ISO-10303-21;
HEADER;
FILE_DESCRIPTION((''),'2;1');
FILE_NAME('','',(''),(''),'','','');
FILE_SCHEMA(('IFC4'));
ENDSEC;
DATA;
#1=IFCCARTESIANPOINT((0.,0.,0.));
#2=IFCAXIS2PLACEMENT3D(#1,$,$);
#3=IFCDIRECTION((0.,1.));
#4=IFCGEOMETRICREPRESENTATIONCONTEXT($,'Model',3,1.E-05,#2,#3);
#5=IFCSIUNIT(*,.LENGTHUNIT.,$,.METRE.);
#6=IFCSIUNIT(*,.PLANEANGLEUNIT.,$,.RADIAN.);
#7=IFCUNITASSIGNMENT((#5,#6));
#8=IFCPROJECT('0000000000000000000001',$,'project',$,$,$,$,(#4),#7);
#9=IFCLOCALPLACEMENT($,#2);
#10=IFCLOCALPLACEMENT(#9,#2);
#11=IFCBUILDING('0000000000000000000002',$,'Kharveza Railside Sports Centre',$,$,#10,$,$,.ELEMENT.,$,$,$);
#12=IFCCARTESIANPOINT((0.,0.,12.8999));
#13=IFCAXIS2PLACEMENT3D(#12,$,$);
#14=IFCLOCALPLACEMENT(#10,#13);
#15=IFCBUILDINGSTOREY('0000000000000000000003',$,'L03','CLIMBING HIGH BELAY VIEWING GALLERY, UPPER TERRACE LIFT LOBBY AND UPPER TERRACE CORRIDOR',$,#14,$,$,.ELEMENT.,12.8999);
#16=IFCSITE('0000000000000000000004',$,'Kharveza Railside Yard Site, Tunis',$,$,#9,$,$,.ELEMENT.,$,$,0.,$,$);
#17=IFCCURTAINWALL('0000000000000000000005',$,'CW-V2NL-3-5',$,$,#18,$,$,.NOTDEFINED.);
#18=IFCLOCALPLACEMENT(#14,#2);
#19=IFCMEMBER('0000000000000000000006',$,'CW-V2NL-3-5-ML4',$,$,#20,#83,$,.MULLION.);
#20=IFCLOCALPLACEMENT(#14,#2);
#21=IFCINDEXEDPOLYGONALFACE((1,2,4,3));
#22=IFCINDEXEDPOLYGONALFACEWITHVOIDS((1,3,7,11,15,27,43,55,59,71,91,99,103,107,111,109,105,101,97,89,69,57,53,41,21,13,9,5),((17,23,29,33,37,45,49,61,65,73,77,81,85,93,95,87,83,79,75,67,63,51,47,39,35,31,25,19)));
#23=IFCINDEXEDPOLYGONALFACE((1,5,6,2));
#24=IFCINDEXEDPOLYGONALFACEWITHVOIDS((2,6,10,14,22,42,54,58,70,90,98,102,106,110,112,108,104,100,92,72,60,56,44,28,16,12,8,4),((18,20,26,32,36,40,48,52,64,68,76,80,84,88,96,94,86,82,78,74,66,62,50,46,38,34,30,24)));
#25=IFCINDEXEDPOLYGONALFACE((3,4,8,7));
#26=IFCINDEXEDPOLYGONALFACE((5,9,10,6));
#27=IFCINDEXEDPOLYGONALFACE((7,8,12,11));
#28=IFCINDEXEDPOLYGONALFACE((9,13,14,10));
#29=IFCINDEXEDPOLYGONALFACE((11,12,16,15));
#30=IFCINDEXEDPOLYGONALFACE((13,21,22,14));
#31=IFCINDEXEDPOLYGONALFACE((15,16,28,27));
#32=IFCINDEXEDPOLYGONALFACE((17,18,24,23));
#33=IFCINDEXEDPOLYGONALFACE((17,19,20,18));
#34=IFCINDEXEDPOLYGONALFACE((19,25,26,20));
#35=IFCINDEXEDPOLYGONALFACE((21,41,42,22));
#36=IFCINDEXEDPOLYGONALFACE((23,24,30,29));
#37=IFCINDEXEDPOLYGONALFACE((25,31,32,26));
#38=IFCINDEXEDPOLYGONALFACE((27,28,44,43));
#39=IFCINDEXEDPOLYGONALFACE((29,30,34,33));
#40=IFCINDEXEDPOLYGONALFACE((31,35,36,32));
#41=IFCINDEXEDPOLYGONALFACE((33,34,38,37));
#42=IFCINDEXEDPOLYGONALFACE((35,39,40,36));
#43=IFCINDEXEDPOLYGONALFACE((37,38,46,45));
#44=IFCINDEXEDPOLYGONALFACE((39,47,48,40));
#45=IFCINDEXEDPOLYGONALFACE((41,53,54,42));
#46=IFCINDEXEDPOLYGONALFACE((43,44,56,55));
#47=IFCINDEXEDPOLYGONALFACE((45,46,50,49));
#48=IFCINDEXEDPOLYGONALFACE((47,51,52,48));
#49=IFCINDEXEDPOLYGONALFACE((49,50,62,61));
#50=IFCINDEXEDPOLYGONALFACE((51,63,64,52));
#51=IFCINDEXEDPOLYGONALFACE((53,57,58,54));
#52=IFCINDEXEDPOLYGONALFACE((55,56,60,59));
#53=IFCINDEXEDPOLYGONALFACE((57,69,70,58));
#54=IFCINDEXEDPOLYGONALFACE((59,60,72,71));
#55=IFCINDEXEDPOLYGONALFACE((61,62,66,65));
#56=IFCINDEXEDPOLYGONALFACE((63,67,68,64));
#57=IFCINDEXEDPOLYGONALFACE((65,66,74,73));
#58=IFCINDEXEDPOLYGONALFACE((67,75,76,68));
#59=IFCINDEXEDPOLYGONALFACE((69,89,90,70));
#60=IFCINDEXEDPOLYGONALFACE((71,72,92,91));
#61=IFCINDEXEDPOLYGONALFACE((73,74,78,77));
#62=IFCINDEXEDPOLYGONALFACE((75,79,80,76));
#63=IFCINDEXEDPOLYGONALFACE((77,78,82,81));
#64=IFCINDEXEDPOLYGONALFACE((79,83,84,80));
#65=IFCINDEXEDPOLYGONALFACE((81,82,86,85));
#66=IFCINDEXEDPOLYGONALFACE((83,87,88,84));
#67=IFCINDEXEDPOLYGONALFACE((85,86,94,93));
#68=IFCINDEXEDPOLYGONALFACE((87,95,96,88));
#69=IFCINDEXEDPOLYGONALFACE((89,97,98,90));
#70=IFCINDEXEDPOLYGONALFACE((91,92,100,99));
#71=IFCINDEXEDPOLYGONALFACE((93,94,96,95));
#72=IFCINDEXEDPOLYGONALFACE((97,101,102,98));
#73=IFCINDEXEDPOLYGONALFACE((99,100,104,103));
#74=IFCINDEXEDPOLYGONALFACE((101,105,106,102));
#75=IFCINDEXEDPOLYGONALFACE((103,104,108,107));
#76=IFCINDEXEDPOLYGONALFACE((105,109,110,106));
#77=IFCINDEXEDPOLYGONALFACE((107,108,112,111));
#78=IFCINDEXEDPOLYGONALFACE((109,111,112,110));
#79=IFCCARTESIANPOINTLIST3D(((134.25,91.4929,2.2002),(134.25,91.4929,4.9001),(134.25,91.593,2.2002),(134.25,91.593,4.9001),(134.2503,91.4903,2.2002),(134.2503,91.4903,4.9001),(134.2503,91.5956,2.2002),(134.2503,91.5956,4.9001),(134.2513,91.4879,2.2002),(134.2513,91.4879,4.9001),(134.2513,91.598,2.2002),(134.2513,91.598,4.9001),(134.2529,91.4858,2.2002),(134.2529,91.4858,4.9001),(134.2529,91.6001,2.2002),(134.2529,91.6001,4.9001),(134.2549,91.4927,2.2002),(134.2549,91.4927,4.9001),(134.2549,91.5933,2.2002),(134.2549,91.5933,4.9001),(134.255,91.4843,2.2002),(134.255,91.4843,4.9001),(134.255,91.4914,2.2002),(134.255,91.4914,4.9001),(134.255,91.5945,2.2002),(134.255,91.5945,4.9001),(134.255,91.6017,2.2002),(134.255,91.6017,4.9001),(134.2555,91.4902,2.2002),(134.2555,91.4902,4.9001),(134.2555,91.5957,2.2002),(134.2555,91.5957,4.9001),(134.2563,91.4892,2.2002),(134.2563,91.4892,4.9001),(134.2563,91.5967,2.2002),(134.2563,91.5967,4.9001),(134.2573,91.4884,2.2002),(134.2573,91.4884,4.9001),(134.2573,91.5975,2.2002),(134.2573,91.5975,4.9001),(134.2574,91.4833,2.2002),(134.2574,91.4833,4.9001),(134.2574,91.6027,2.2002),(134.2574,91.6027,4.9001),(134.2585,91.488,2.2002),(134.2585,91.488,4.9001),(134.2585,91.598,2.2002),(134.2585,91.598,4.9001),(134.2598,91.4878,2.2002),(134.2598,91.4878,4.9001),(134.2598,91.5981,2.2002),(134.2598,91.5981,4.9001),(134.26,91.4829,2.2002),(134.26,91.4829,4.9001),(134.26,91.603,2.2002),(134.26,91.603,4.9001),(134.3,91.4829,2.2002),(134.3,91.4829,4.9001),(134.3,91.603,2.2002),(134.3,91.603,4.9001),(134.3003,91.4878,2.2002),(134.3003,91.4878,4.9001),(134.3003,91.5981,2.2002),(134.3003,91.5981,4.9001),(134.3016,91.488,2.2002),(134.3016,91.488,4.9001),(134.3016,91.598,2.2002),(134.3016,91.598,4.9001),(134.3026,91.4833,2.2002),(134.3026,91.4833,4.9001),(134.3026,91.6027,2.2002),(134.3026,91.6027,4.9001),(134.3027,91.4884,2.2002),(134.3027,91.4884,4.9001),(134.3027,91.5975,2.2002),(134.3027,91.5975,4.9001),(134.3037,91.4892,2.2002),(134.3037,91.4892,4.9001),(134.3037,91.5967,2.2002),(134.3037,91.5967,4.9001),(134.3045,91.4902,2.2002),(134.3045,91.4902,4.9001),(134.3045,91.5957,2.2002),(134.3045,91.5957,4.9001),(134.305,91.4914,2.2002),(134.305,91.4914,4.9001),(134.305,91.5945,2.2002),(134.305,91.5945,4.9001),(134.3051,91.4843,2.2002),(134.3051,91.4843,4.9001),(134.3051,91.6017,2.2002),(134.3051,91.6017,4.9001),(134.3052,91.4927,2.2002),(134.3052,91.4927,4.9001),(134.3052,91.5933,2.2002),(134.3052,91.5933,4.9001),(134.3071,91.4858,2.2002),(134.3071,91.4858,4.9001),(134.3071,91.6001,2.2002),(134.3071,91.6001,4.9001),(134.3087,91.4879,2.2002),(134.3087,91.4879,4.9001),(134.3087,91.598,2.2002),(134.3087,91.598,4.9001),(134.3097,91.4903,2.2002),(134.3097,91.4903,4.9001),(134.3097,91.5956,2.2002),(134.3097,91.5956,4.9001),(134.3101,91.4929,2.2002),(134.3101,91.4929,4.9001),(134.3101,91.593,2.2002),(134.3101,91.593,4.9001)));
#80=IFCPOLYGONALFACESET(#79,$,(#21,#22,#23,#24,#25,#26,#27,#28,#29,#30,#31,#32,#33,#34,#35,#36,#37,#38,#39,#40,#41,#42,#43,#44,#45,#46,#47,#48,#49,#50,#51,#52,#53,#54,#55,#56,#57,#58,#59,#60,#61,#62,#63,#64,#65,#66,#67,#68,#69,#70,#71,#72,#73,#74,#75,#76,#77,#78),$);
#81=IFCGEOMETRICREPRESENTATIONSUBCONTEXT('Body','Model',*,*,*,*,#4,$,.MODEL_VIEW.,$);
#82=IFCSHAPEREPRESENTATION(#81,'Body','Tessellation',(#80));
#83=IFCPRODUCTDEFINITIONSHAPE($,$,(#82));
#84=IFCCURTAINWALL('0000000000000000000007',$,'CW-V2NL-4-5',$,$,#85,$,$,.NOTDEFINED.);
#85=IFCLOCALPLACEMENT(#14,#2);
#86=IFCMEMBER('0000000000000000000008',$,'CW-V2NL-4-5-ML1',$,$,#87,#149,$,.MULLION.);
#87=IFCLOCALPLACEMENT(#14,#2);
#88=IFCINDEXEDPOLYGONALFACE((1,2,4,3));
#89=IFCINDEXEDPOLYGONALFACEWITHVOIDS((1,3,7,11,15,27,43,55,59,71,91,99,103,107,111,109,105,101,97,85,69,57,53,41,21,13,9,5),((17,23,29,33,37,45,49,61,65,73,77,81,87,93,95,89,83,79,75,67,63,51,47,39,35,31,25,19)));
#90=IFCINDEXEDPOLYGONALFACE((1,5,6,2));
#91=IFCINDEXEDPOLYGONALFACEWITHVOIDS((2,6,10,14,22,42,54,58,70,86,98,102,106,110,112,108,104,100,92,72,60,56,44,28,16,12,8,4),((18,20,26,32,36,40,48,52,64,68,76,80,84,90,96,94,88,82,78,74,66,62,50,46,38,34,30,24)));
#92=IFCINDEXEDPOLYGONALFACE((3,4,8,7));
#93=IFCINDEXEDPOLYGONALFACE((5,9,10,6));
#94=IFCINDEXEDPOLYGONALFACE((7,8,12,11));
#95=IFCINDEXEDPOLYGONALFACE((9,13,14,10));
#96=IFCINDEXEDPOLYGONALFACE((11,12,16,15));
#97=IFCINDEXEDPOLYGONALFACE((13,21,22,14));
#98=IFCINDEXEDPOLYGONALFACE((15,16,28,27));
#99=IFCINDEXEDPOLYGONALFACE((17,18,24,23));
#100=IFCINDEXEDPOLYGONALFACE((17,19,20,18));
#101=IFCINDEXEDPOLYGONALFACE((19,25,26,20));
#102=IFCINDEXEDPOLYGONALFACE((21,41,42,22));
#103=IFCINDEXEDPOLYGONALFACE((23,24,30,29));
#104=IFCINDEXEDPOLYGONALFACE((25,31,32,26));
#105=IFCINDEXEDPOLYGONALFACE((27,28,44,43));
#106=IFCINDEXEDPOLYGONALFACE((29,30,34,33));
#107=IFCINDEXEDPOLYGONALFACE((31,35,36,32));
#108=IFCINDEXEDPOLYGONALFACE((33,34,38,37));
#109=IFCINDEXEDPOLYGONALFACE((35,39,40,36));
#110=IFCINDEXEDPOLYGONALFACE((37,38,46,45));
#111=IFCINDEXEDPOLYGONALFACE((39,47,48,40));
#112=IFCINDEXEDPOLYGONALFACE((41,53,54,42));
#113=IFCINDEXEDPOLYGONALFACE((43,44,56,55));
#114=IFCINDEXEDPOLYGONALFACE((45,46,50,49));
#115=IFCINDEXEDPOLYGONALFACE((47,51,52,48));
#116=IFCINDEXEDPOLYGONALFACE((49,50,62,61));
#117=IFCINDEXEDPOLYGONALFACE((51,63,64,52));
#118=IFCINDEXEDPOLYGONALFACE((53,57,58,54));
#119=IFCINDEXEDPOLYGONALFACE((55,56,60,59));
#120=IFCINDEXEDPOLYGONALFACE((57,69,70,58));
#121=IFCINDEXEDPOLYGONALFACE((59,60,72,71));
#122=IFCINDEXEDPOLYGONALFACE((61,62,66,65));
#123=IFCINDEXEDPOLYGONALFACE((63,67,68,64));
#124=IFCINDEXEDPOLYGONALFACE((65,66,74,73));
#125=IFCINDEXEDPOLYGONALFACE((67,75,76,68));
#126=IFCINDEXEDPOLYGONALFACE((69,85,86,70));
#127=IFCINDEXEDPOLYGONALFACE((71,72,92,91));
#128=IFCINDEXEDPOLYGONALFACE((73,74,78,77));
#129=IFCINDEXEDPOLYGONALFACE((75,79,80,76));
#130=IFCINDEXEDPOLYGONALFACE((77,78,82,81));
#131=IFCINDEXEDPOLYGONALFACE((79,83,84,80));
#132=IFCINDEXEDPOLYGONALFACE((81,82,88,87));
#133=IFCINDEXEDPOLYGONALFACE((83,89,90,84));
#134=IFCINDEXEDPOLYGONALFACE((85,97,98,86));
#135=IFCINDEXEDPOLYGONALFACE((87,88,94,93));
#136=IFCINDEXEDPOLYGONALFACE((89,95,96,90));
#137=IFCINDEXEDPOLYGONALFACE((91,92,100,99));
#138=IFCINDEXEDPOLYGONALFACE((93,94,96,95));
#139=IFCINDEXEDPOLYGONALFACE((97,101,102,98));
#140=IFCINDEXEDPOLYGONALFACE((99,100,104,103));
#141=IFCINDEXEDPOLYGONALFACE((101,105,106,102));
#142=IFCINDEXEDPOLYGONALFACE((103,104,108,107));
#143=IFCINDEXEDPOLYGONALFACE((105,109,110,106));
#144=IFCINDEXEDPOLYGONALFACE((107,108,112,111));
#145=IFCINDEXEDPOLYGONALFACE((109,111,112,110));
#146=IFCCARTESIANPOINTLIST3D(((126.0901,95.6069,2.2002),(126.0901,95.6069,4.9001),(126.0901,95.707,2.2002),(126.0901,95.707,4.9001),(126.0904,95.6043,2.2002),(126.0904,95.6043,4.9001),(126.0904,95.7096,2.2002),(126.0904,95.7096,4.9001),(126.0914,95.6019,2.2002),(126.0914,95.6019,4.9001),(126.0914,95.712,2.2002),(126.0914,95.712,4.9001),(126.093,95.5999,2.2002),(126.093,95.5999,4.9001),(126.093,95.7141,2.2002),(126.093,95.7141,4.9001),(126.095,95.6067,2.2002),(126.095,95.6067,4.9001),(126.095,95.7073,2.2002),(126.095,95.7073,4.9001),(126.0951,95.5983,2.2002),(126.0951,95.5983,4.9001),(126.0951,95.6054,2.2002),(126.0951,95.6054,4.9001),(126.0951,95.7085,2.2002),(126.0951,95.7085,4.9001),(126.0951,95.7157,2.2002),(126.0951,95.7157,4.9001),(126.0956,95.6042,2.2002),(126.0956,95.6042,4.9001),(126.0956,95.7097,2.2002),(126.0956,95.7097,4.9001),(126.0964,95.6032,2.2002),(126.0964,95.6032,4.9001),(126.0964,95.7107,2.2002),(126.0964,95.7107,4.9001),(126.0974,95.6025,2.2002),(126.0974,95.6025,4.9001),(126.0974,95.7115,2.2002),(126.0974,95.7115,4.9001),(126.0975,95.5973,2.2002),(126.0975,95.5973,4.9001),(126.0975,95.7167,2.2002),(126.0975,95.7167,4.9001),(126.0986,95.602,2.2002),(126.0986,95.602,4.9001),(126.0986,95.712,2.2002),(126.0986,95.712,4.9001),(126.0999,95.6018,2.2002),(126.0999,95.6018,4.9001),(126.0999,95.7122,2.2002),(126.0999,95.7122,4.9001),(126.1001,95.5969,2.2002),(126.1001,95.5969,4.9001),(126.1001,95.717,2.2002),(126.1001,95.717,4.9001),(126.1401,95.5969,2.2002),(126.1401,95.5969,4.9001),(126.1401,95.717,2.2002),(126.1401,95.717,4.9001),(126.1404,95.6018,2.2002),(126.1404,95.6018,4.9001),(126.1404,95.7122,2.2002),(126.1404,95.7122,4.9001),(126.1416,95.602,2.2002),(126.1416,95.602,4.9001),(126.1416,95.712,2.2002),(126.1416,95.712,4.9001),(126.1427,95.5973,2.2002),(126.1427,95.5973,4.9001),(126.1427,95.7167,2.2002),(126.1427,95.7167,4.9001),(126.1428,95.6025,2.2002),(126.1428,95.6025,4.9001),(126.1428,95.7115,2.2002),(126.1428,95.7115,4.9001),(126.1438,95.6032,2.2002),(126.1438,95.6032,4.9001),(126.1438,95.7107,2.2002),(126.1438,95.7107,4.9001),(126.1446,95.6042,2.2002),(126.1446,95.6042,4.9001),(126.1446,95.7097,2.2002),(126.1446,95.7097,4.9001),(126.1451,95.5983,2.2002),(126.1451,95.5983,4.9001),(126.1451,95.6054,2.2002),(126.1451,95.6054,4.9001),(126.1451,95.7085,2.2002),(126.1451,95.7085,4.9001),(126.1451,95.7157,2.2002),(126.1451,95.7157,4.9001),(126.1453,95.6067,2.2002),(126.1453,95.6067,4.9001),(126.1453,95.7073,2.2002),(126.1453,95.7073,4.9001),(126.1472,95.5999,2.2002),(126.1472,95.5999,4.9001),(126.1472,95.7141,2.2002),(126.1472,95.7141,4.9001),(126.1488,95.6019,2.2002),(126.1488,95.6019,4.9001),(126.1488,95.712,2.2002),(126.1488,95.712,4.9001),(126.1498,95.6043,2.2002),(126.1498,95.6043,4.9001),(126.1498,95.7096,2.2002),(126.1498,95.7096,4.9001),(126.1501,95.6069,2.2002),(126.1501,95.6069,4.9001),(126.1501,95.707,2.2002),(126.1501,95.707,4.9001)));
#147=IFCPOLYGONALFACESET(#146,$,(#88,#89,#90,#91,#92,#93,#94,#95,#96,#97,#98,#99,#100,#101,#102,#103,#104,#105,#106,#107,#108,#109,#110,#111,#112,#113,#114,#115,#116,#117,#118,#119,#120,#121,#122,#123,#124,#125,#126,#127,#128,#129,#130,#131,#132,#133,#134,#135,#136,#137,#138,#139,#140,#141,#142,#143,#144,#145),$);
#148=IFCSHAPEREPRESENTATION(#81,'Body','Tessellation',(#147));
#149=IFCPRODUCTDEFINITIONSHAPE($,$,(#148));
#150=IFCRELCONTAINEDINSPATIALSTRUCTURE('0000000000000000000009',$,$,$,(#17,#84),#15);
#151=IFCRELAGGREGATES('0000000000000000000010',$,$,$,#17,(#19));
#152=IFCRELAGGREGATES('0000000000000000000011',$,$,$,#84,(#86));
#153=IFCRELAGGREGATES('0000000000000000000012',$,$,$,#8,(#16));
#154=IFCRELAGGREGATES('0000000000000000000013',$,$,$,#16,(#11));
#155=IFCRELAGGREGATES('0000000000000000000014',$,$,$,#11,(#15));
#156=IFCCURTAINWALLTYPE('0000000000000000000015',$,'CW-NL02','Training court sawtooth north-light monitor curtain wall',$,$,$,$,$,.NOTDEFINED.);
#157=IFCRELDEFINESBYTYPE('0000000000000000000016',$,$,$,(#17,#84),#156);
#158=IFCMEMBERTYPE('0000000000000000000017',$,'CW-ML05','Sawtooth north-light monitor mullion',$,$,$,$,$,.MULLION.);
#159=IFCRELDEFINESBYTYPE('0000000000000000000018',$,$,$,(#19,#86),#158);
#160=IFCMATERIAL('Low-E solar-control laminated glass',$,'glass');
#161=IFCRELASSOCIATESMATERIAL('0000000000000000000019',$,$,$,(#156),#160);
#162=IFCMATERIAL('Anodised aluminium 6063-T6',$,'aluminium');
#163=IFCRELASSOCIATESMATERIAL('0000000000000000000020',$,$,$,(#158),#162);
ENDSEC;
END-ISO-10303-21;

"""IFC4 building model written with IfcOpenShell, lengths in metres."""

from ifc_helpers import new_model, si_unit, direction, frame, origin, origin_2d, place, context, subcontext, project, spatial, hollow_rectangle, extrude, material, material_profile, profile_set, type_object, element, aggregate, save


model = new_model("IFC4")

# Units and contexts
model_context = context("Model", 3, precision=1e-05, world=origin(), true_north=direction((0.0, 1.0)))
body_context = subcontext(model_context, "Body", "Model", "MODEL_VIEW")
ifc_project = project(units=[si_unit("LENGTHUNIT", "METRE"), si_unit("PLANEANGLEUNIT", "RADIAN")], contexts=[model_context])

# Site, building, storey
site_placement = place(None, origin())
site = spatial("IfcSite", under=ifc_project, at=site_placement, Name="Kharveza Railside Yard Site, Tunis", CompositionType="ELEMENT", RefElevation=0.0)
building_placement = place(site_placement, origin())
building = spatial("IfcBuilding", under=site, at=building_placement, Name="Kharveza Railside Sports Centre", CompositionType="ELEMENT")
storey_placement = place(building_placement, frame((0.0, 0.0, 12.8999)))
storey = spatial("IfcBuildingStorey", under=building, at=storey_placement, Name="L03", Description="CLIMBING HIGH BELAY VIEWING GALLERY, UPPER TERRACE LIFT LOBBY AND UPPER TERRACE CORRIDOR", CompositionType="ELEMENT", Elevation=12.8999)

# Curtain walls, members
ifc_material_1 = material(Name="Low-E solar-control laminated glass", Category="glass")
curtain_wall_type = type_object("IfcCurtainWallType", Name="CW-NL02", Description="Training court sawtooth north-light monitor curtain wall", PredefinedType="NOTDEFINED", material=ifc_material_1)
curtain_wall_1_placement = place(storey_placement, origin())
curtain_wall_1 = element("IfcCurtainWall", 1, at=curtain_wall_1_placement, inside=storey, type_object=curtain_wall_type, Name="CW-V2NL-3-5", PredefinedType="NOTDEFINED")
ifc_material_2 = material(Name="Anodised aluminium 6063-T6", Category="aluminium")
ifc_material_profile_1 = material_profile(ifc_material_2, hollow_rectangle(XDim=0.0601, YDim=0.1201, WallThickness=0.0049, InnerFilletRadius=0.0049, OuterFilletRadius=0.01, at=origin_2d()), Name="RHS 60x120x5.0")
ifc_profile_set_1 = profile_set([ifc_material_profile_1], Name="Anodised aluminium 6063-T6")
member_type_1 = type_object("IfcMemberType", Name="CW-ML05", Description="Sawtooth north-light monitor mullion", PredefinedType="MULLION", material=ifc_profile_set_1)
member_1_placement = place(storey_placement, frame((134.28, 91.543, 2.2002), z_axis=(0.0, 0.0, 1.0), x_axis=(1.0, 0.0, 0.0)))
member_1 = element("IfcMember", 2, at=member_1_placement, type_object=member_type_1, Name="CW-V2NL-3-5-ML4", PredefinedType="MULLION", context=body_context, shape_type="SweptSolid", body=[
    extrude(hollow_rectangle(XDim=0.0601, YDim=0.1201, WallThickness=0.0049, InnerFilletRadius=0.0049, OuterFilletRadius=0.01, at=origin_2d()), origin(), (0.0, 0.0, 1.0), 2.7),
])
curtain_wall_2_placement = place(storey_placement, origin())
curtain_wall_2 = element("IfcCurtainWall", 3, at=curtain_wall_2_placement, inside=storey, type_object=curtain_wall_type, Name="CW-V2NL-4-5", PredefinedType="NOTDEFINED")
member_2_placement = place(storey_placement, frame((126.1201, 95.657, 2.2002), z_axis=(0.0, 0.0, 1.0), x_axis=(1.0, 0.0, 0.0)))
member_2 = element("IfcMember", 4, at=member_2_placement, type_object=member_type_1, Name="CW-V2NL-4-5-ML1", PredefinedType="MULLION", context=body_context, shape_type="SweptSolid", body=[
    extrude(hollow_rectangle(XDim=0.0601, YDim=0.1201, WallThickness=0.0049, InnerFilletRadius=0.0049, OuterFilletRadius=0.01, at=origin_2d()), origin(), (0.0, 0.0, 1.0), 2.7),
])

aggregate(curtain_wall_1, [member_1])
aggregate(curtain_wall_2, [member_2])

save(model, "model.ifc")
